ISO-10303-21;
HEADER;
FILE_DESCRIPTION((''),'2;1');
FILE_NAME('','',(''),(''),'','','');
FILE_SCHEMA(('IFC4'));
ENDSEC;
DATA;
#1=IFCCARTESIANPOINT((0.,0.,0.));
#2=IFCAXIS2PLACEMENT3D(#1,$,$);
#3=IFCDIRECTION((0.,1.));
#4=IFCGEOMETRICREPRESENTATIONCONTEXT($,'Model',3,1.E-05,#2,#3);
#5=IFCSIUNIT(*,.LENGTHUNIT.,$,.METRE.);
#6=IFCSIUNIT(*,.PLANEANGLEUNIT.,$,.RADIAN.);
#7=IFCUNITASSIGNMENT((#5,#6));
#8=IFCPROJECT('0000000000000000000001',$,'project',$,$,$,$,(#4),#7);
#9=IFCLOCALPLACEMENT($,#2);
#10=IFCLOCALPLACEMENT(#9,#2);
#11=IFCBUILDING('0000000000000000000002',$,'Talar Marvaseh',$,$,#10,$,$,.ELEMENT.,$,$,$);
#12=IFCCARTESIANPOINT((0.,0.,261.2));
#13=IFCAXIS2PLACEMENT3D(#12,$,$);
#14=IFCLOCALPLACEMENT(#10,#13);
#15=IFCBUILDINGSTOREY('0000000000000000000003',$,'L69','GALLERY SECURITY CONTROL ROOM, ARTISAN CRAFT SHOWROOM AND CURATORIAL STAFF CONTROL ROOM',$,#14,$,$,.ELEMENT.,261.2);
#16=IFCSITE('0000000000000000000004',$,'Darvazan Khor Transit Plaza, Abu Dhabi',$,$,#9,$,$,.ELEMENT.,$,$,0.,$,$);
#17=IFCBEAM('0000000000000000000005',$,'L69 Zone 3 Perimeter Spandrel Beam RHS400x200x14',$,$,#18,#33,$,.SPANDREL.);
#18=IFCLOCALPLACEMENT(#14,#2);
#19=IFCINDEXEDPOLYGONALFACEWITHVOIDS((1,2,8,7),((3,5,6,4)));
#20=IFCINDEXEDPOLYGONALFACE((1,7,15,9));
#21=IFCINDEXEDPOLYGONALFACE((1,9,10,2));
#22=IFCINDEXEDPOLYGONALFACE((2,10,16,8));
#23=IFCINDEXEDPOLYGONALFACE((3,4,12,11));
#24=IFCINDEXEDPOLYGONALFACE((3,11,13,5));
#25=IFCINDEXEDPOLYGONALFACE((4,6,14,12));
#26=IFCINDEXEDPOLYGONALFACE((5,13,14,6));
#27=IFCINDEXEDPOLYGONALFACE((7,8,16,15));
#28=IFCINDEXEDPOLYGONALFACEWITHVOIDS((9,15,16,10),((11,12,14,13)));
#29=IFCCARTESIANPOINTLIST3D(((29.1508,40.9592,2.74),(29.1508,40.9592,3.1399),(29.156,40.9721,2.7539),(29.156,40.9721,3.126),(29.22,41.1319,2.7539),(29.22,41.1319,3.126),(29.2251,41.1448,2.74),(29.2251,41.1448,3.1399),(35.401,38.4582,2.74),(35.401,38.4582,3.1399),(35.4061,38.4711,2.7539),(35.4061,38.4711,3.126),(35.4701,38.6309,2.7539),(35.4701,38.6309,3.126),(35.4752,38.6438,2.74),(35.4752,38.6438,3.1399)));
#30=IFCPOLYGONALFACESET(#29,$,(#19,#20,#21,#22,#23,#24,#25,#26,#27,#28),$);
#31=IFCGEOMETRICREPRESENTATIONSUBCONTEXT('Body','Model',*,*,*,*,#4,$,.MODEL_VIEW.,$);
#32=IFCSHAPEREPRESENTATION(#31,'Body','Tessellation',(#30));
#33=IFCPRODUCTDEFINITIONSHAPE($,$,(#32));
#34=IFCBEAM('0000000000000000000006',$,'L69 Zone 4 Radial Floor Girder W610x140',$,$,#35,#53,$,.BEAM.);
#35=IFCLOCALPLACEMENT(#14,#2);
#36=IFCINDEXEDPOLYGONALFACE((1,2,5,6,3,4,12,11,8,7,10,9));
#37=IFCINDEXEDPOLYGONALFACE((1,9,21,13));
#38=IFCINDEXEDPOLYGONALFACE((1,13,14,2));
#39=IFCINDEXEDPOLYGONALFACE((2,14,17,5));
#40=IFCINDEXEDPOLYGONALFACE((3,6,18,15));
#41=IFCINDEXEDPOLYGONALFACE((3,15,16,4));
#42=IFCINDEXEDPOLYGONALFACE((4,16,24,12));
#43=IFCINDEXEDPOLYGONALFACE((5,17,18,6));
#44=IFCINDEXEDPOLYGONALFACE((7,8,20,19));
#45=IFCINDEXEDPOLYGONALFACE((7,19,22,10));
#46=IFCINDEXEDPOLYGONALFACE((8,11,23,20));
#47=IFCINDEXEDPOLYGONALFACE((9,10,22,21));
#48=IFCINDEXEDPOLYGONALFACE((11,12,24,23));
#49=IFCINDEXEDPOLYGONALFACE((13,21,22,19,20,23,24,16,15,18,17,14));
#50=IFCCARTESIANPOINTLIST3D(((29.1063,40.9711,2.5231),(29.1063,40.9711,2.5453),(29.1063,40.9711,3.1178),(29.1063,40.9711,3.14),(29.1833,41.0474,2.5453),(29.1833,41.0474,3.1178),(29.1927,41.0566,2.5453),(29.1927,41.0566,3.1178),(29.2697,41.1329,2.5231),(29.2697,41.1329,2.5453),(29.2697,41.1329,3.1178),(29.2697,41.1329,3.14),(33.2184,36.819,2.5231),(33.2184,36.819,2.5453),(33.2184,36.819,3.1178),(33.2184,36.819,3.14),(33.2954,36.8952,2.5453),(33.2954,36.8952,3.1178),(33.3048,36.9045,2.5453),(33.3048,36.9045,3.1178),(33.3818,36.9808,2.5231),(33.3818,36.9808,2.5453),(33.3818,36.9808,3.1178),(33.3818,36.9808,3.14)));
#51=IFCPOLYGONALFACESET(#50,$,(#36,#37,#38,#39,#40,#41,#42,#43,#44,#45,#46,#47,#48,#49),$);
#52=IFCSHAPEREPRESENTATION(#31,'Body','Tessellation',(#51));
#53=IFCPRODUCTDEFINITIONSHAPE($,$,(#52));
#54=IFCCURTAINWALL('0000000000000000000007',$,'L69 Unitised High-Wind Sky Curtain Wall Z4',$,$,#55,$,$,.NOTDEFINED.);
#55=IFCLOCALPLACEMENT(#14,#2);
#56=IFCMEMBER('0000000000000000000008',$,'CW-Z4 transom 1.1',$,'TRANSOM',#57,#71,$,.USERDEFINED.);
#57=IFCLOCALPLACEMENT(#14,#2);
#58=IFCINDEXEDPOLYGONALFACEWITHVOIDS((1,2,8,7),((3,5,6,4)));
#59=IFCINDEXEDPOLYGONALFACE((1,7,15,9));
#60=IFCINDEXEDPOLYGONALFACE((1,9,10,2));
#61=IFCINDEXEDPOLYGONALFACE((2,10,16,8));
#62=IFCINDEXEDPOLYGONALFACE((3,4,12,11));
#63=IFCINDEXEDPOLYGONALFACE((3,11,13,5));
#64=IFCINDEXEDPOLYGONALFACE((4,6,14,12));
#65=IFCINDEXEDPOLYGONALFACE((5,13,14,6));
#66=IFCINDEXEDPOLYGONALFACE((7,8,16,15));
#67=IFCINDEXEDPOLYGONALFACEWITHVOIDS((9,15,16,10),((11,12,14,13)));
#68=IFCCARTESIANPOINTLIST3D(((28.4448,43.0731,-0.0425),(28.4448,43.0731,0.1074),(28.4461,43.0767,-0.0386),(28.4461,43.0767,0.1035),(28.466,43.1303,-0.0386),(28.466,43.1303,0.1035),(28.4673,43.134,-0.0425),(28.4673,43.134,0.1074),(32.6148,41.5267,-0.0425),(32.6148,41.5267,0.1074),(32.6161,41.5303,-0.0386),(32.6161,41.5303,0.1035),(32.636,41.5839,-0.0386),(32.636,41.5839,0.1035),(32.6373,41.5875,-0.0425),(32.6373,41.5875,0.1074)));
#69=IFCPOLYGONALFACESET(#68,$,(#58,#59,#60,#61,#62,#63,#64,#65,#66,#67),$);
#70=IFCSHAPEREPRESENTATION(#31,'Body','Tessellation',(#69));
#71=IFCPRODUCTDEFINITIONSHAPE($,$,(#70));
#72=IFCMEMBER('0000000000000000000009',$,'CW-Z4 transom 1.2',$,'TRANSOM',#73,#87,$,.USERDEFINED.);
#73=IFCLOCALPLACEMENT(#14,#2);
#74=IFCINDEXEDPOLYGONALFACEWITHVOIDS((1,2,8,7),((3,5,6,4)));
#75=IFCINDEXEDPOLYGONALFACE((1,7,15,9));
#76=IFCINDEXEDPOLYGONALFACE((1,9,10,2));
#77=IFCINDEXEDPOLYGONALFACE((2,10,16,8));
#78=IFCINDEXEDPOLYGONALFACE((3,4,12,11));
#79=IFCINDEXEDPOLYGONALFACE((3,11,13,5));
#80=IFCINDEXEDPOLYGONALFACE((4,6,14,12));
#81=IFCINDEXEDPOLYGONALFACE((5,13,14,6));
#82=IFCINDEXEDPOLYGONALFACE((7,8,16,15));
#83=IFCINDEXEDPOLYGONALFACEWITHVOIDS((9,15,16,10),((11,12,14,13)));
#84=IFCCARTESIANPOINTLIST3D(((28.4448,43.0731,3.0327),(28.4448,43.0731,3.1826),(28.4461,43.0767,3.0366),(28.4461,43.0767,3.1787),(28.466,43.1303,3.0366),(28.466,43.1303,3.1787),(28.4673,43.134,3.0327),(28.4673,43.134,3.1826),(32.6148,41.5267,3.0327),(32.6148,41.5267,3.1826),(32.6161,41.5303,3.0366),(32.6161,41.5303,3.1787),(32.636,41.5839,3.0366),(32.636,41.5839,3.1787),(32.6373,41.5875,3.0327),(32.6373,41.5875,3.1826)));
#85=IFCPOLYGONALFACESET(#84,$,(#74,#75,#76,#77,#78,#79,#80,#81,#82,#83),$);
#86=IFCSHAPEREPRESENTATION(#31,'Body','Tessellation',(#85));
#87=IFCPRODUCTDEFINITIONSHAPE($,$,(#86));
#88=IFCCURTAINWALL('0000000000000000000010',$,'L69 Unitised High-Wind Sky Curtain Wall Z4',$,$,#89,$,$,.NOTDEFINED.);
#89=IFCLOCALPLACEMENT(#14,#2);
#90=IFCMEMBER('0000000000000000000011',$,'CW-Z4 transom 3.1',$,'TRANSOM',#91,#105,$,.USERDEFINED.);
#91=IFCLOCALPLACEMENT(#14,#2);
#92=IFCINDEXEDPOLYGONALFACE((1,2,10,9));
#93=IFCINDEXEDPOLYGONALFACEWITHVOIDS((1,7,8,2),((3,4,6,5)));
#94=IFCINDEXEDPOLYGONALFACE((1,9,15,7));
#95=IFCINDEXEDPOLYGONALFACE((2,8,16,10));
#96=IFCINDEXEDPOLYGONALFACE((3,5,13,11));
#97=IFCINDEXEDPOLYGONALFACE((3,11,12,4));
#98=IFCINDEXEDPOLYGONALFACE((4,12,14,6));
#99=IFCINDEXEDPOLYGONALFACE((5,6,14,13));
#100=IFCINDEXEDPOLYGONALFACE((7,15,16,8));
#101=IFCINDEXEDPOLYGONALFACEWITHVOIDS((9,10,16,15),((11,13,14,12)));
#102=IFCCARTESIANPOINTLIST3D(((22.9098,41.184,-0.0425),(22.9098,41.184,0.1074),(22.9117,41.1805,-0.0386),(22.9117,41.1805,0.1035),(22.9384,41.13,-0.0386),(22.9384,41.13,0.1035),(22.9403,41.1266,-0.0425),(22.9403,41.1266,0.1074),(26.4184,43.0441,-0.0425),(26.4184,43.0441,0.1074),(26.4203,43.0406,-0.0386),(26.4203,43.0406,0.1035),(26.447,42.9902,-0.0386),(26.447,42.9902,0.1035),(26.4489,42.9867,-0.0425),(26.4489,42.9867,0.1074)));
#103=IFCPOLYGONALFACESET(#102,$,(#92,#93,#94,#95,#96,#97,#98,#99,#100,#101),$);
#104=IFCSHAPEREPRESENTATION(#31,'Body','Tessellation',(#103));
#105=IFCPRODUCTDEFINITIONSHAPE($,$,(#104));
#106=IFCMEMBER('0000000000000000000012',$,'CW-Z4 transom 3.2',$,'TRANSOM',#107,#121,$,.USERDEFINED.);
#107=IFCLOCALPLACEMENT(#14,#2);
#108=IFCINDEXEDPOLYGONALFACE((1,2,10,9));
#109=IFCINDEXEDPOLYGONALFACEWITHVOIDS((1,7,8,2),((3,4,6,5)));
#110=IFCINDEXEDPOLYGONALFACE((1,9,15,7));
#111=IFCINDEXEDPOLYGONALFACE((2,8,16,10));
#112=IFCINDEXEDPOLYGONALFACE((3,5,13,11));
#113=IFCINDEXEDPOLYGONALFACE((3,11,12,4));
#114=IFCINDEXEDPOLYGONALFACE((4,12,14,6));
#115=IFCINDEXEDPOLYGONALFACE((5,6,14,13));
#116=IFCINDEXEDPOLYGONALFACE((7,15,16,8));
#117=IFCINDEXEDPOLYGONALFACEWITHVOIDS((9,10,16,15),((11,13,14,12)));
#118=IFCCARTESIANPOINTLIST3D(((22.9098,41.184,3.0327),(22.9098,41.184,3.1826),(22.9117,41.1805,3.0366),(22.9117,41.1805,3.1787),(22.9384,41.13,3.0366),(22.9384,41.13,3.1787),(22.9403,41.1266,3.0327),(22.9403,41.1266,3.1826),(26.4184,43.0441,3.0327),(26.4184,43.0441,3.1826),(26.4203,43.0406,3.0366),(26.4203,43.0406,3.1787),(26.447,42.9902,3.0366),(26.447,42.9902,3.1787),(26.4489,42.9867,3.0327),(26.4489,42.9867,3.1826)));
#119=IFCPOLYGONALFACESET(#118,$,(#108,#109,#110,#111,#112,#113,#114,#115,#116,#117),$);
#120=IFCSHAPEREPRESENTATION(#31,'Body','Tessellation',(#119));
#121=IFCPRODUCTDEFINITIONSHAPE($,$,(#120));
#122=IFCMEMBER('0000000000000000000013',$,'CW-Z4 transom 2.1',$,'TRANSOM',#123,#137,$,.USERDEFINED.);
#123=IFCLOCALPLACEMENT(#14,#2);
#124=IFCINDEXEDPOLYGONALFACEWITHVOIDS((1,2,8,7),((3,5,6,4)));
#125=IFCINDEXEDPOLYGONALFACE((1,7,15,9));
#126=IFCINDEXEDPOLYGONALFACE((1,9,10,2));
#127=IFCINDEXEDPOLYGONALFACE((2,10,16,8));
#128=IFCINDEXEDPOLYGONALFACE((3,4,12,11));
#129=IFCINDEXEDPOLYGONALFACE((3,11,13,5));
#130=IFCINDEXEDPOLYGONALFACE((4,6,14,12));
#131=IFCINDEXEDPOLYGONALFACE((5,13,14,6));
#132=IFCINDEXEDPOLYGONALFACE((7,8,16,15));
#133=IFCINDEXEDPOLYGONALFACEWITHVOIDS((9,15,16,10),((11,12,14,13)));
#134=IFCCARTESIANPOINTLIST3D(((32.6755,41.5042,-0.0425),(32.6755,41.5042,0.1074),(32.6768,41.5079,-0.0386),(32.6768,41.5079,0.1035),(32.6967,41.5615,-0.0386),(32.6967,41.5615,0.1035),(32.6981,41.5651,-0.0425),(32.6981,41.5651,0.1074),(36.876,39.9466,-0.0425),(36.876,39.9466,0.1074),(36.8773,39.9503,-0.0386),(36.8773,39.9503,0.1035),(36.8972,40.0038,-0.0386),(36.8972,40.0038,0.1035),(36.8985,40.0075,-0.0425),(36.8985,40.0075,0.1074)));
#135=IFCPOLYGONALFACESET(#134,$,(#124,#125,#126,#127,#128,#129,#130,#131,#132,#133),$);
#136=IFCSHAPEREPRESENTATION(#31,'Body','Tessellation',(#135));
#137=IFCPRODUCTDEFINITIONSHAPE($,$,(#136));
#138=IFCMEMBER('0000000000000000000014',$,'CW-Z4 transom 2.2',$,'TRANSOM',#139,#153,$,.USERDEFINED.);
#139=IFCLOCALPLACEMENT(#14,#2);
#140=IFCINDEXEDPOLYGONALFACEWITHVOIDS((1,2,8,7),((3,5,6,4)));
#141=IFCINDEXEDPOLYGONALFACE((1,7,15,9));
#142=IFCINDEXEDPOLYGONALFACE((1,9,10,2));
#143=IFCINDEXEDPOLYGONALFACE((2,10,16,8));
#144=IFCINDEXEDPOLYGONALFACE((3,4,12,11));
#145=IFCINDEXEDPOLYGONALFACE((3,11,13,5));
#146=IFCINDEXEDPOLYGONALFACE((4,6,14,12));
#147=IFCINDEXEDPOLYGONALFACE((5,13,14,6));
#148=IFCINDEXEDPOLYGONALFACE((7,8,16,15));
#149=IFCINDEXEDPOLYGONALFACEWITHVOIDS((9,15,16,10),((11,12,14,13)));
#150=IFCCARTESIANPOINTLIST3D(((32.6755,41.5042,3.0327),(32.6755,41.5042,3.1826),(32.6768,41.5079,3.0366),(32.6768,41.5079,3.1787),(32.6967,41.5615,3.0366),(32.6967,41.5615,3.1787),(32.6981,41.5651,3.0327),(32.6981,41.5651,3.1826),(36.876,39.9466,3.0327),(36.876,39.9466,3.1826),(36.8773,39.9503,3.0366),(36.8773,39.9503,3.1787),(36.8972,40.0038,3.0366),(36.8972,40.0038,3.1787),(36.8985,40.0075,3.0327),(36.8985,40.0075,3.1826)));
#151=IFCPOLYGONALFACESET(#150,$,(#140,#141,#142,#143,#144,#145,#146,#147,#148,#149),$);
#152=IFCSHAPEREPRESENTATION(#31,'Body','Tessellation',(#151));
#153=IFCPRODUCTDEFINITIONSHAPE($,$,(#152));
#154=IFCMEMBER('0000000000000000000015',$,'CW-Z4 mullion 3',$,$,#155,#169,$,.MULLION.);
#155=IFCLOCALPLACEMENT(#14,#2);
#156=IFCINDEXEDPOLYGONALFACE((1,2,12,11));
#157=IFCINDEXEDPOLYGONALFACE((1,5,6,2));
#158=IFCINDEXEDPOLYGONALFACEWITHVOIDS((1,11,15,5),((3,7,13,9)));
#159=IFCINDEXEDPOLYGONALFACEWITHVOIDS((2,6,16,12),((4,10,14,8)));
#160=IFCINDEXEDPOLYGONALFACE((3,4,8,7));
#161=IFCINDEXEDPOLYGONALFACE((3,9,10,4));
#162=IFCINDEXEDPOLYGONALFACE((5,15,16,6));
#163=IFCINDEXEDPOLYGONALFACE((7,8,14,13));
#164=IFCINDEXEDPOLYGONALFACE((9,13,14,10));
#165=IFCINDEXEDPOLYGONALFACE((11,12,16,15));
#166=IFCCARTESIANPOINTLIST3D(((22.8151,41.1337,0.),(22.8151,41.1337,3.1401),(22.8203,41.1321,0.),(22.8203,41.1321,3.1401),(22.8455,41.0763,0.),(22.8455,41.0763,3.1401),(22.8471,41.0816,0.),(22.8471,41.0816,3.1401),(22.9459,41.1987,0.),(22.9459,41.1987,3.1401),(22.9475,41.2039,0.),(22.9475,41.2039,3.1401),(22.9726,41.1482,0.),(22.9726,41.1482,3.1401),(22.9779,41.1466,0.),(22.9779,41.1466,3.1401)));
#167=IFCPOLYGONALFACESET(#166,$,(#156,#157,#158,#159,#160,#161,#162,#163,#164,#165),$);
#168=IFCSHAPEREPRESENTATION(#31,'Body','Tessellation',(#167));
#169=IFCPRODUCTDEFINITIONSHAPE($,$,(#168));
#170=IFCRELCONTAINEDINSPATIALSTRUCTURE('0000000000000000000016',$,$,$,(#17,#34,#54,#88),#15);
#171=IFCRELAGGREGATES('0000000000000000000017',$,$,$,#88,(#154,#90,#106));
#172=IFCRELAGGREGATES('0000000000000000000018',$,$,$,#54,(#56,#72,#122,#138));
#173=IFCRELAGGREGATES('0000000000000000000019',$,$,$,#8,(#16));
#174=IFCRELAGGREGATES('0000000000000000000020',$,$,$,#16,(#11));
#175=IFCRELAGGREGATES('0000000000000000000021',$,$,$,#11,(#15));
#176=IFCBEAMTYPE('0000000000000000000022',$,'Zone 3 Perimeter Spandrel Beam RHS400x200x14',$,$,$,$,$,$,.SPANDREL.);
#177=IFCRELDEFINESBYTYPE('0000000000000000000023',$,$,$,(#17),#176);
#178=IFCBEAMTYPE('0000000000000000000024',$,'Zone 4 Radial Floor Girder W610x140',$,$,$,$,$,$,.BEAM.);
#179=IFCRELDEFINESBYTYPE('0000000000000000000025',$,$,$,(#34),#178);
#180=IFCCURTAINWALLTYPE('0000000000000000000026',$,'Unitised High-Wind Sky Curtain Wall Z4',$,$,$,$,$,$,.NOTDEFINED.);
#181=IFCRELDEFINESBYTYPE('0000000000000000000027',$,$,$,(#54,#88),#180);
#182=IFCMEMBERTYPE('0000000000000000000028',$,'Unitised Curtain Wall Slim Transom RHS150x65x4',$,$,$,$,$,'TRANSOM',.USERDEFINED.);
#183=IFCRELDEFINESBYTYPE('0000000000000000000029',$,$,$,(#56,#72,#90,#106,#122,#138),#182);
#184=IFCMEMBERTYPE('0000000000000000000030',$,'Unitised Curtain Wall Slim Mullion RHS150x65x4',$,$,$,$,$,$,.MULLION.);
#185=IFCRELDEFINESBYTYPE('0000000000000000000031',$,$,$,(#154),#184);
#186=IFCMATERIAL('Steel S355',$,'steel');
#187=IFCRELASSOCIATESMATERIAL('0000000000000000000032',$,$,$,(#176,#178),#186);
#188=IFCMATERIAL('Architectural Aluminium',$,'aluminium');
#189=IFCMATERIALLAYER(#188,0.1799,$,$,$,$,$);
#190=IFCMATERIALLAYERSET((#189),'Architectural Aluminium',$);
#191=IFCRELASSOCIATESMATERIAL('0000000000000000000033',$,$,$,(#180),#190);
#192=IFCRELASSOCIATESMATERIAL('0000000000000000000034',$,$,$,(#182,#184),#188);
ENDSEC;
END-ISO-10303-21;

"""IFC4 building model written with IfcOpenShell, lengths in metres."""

from ifc_helpers import new_model, si_unit, direction, frame, origin, origin_2d, place, context, subcontext, project, spatial, hollow_rectangle, i_section, extrude, source, transform, mapped, material, layer, layer_set, material_profile, profile_set, type_object, type_shapes, element, aggregate, save


model = new_model("IFC4")

# Units and contexts
model_context = context("Model", 3, precision=1e-05, world=origin(), true_north=direction((0.0, 1.0)))
body_context = subcontext(model_context, "Body", "Model", "MODEL_VIEW")
ifc_project = project(units=[si_unit("LENGTHUNIT", "METRE"), si_unit("PLANEANGLEUNIT", "RADIAN")], contexts=[model_context])

# Site, building, storey
site_placement = place(None, origin())
site = spatial("IfcSite", under=ifc_project, at=site_placement, Name="Darvazan Khor Transit Plaza, Abu Dhabi", CompositionType="ELEMENT", RefElevation=0.0)
building_placement = place(site_placement, origin())
building = spatial("IfcBuilding", under=site, at=building_placement, Name="Talar Marvaseh", CompositionType="ELEMENT")
storey_placement = place(building_placement, frame((0.0, 0.0, 261.2)))
storey = spatial("IfcBuildingStorey", under=building, at=storey_placement, Name="L69", Description="GALLERY SECURITY CONTROL ROOM, ARTISAN CRAFT SHOWROOM AND CURATORIAL STAFF CONTROL ROOM", CompositionType="ELEMENT", Elevation=261.2)

# Beams
ifc_material_1 = material(Name="Steel S355", Category="steel")
ifc_material_profile_1 = material_profile(ifc_material_1, hollow_rectangle(XDim=0.2, YDim=0.3999, WallThickness=0.0139, at=origin_2d()), Name="RHS400x200x14")
ifc_profile_set_1 = profile_set([ifc_material_profile_1], Name="Steel S355")
beam_type_1 = type_object("IfcBeamType", Name="Zone 3 Perimeter Spandrel Beam RHS400x200x14", PredefinedType="SPANDREL", material=ifc_profile_set_1)
beam_1_placement = place(storey_placement, frame((29.188, 41.052, 2.9399), z_axis=(0.928427, -0.371516, 0.0), x_axis=(0.371516, 0.928427, 0.0)))
element("IfcBeam", 1, at=beam_1_placement, inside=storey, type_object=beam_type_1, Name="L69 Zone 3 Perimeter Spandrel Beam RHS400x200x14", PredefinedType="SPANDREL", context=body_context, shape_type="SweptSolid", body=[
    extrude(hollow_rectangle(XDim=0.2, YDim=0.3999, WallThickness=0.0139, at=origin_2d()), origin(), (0.0, 0.0, 1.0), 6.7319),
])
ifc_material_profile_2 = material_profile(ifc_material_1, i_section(OverallWidth=0.23, OverallDepth=0.6169, WebThickness=0.0132, FlangeThickness=0.0222, at=origin_2d()), Name="W610x140")
ifc_profile_set_2 = profile_set([ifc_material_profile_2], Name="Steel S355")
beam_type_2 = type_object("IfcBeamType", Name="Zone 4 Radial Floor Girder W610x140", PredefinedType="BEAM", material=ifc_profile_set_2)
beam_2_placement = place(storey_placement, frame((29.188, 41.052, 2.8315), z_axis=(0.703673, -0.710524, 0.0), x_axis=(0.710524, 0.703673, 0.0)))
element("IfcBeam", 2, at=beam_2_placement, inside=storey, type_object=beam_type_2, Name="L69 Zone 4 Radial Floor Girder W610x140", PredefinedType="BEAM", context=body_context, shape_type="SweptSolid", body=[
    extrude(i_section(OverallWidth=0.23, OverallDepth=0.6169, WebThickness=0.0132, FlangeThickness=0.0222, at=origin_2d()), origin(), (0.0, 0.0, 1.0), 5.8438),
])

# Curtain walls, members
ifc_material_2 = material(Name="Architectural Aluminium", Category="aluminium")
ifc_layer_1 = layer(ifc_material_2, 0.1799)
ifc_layer_set_1 = layer_set([ifc_layer_1], Name="Architectural Aluminium")
curtain_wall_type = type_object("IfcCurtainWallType", Name="Unitised High-Wind Sky Curtain Wall Z4", PredefinedType="NOTDEFINED", material=ifc_layer_set_1)
curtain_wall_1_placement = place(storey_placement, origin())
curtain_wall_1 = element("IfcCurtainWall", 3, at=curtain_wall_1_placement, inside=storey, type_object=curtain_wall_type, Name="L69 Unitised High-Wind Sky Curtain Wall Z4", PredefinedType="NOTDEFINED")
ifc_material_profile_3 = material_profile(ifc_material_2, hollow_rectangle(XDim=0.0649, YDim=0.1499, WallThickness=0.0039, at=origin_2d()), Name="RHS150x65x4")
ifc_profile_set_3 = profile_set([ifc_material_profile_3], Name="Architectural Aluminium")
member_type_1 = type_object("IfcMemberType", Name="Unitised Curtain Wall Slim Transom RHS150x65x4", ElementType="TRANSOM", PredefinedType="USERDEFINED", material=ifc_profile_set_3)
shared_shape_1 = source(origin(), body_context, "Body", "SweptSolid", [
    extrude(hollow_rectangle(XDim=0.0649, YDim=0.1499, WallThickness=0.0039, at=origin_2d()), origin(), (0.0, 0.0, 1.0), 4.4475),
])
member_1_placement = place(storey_placement, frame((28.4561, 43.1035, 0.0325), z_axis=(0.937604, -0.347704, 0.0), x_axis=(0.347704, 0.937604, 0.0)))
member_1 = element("IfcMember", 4, at=member_1_placement, type_object=member_type_1, Name="CW-Z4 transom 1.1", ObjectType="TRANSOM", PredefinedType="USERDEFINED", context=body_context, shape_type="MappedRepresentation", body=[
    mapped(shared_shape_1, transform((0.0, 0.0, 0.0), x_axis=(1.0, 0.0, 0.0), y_axis=(0.0, 1.0, 0.0), z_axis=(0.0, 0.0, 1.0), scale=1.0)),
])
member_2_placement = place(storey_placement, frame((28.4561, 43.1035, 3.1077), z_axis=(0.937604, -0.347704, 0.0), x_axis=(0.347704, 0.937604, 0.0)))
member_2 = element("IfcMember", 5, at=member_2_placement, type_object=member_type_1, Name="CW-Z4 transom 1.2", ObjectType="TRANSOM", PredefinedType="USERDEFINED", context=body_context, shape_type="MappedRepresentation", body=[
    mapped(shared_shape_1, transform((0.0, 0.0, 0.0), x_axis=(1.0, 0.0, 0.0), y_axis=(0.0, 1.0, 0.0), z_axis=(0.0, 0.0, 1.0), scale=1.0)),
])
curtain_wall_2_placement = place(storey_placement, origin())
curtain_wall_2 = element("IfcCurtainWall", 6, at=curtain_wall_2_placement, inside=storey, type_object=curtain_wall_type, Name="L69 Unitised High-Wind Sky Curtain Wall Z4", PredefinedType="NOTDEFINED")
shared_shape_2 = source(origin(), body_context, "Body", "SweptSolid", [
    extrude(hollow_rectangle(XDim=0.0649, YDim=0.1499, WallThickness=0.0039, at=origin_2d()), origin(), (0.0, 0.0, 1.0), 3.9712),
])
member_3_placement = place(storey_placement, frame((22.925, 41.1553, 0.0325), z_axis=(0.883513, 0.468407, 0.0), x_axis=(-0.468407, 0.883513, 0.0)))
member_3 = element("IfcMember", 7, at=member_3_placement, type_object=member_type_1, Name="CW-Z4 transom 3.1", ObjectType="TRANSOM", PredefinedType="USERDEFINED", context=body_context, shape_type="MappedRepresentation", body=[
    mapped(shared_shape_2, transform((0.0, 0.0, 0.0), x_axis=(1.0, 0.0, 0.0), y_axis=(0.0, 1.0, 0.0), z_axis=(0.0, 0.0, 1.0), scale=1.0)),
])
member_4_placement = place(storey_placement, frame((22.925, 41.1553, 3.1077), z_axis=(0.883513, 0.468407, 0.0), x_axis=(-0.468407, 0.883513, 0.0)))
member_4 = element("IfcMember", 8, at=member_4_placement, type_object=member_type_1, Name="CW-Z4 transom 3.2", ObjectType="TRANSOM", PredefinedType="USERDEFINED", context=body_context, shape_type="MappedRepresentation", body=[
    mapped(shared_shape_2, transform((0.0, 0.0, 0.0), x_axis=(1.0, 0.0, 0.0), y_axis=(0.0, 1.0, 0.0), z_axis=(0.0, 0.0, 1.0), scale=1.0)),
])

# Members
shared_shape_3 = source(origin(), body_context, "Body", "SweptSolid", [
    extrude(hollow_rectangle(XDim=0.0649, YDim=0.1499, WallThickness=0.0039, at=origin_2d()), origin(), (0.0, 0.0, 1.0), 4.48),
])
type_shapes(member_type_1, [shared_shape_1, shared_shape_2, shared_shape_3])
member_5_placement = place(storey_placement, frame((32.6868, 41.5347, 0.0325), z_axis=(0.937611, -0.347687, 0.0), x_axis=(0.347687, 0.937611, 0.0)))
member_5 = element("IfcMember", 9, at=member_5_placement, type_object=member_type_1, Name="CW-Z4 transom 2.1", ObjectType="TRANSOM", PredefinedType="USERDEFINED", context=body_context, shape_type="MappedRepresentation", body=[
    mapped(shared_shape_3, transform((0.0, 0.0, 0.0), x_axis=(1.0, 0.0, 0.0), y_axis=(0.0, 1.0, 0.0), z_axis=(0.0, 0.0, 1.0), scale=1.0)),
])
member_6_placement = place(storey_placement, frame((32.6868, 41.5347, 3.1077), z_axis=(0.937611, -0.347687, 0.0), x_axis=(0.347687, 0.937611, 0.0)))
member_6 = element("IfcMember", 10, at=member_6_placement, type_object=member_type_1, Name="CW-Z4 transom 2.2", ObjectType="TRANSOM", PredefinedType="USERDEFINED", context=body_context, shape_type="MappedRepresentation", body=[
    mapped(shared_shape_3, transform((0.0, 0.0, 0.0), x_axis=(1.0, 0.0, 0.0), y_axis=(0.0, 1.0, 0.0), z_axis=(0.0, 0.0, 1.0), scale=1.0)),
])
ifc_material_profile_4 = material_profile(ifc_material_2, hollow_rectangle(XDim=0.0649, YDim=0.1499, WallThickness=0.0039, at=origin_2d()), Name="RHS150x65x4")
ifc_profile_set_4 = profile_set([ifc_material_profile_4], Name="Architectural Aluminium")
member_type_2 = type_object("IfcMemberType", Name="Unitised Curtain Wall Slim Mullion RHS150x65x4", PredefinedType="MULLION", material=ifc_profile_set_4)
shared_shape_4 = source(origin(), body_context, "Body", "SweptSolid", [
    extrude(hollow_rectangle(XDim=0.0649, YDim=0.1499, WallThickness=0.0039, at=origin_2d()), origin(), (0.0, 0.0, 1.0), 3.1401),
])
type_shapes(member_type_2, [shared_shape_4])
member_7_placement = place(storey_placement, frame((22.8965, 41.1401, 0.0), z_axis=(0.0, 0.0, 1.0), x_axis=(-0.46842, 0.883506, 0.0)))
member_7 = element("IfcMember", 11, at=member_7_placement, type_object=member_type_2, Name="CW-Z4 mullion 3", PredefinedType="MULLION", context=body_context, shape_type="MappedRepresentation", body=[
    mapped(shared_shape_4, transform((0.0, 0.0, 0.0), x_axis=(1.0, 0.0, 0.0), y_axis=(0.0, 1.0, 0.0), z_axis=(0.0, 0.0, 1.0), scale=1.0)),
])

aggregate(curtain_wall_2, [member_7, member_3, member_4])
aggregate(curtain_wall_1, [member_1, member_2, member_5, member_6])

save(model, "model.ifc")
